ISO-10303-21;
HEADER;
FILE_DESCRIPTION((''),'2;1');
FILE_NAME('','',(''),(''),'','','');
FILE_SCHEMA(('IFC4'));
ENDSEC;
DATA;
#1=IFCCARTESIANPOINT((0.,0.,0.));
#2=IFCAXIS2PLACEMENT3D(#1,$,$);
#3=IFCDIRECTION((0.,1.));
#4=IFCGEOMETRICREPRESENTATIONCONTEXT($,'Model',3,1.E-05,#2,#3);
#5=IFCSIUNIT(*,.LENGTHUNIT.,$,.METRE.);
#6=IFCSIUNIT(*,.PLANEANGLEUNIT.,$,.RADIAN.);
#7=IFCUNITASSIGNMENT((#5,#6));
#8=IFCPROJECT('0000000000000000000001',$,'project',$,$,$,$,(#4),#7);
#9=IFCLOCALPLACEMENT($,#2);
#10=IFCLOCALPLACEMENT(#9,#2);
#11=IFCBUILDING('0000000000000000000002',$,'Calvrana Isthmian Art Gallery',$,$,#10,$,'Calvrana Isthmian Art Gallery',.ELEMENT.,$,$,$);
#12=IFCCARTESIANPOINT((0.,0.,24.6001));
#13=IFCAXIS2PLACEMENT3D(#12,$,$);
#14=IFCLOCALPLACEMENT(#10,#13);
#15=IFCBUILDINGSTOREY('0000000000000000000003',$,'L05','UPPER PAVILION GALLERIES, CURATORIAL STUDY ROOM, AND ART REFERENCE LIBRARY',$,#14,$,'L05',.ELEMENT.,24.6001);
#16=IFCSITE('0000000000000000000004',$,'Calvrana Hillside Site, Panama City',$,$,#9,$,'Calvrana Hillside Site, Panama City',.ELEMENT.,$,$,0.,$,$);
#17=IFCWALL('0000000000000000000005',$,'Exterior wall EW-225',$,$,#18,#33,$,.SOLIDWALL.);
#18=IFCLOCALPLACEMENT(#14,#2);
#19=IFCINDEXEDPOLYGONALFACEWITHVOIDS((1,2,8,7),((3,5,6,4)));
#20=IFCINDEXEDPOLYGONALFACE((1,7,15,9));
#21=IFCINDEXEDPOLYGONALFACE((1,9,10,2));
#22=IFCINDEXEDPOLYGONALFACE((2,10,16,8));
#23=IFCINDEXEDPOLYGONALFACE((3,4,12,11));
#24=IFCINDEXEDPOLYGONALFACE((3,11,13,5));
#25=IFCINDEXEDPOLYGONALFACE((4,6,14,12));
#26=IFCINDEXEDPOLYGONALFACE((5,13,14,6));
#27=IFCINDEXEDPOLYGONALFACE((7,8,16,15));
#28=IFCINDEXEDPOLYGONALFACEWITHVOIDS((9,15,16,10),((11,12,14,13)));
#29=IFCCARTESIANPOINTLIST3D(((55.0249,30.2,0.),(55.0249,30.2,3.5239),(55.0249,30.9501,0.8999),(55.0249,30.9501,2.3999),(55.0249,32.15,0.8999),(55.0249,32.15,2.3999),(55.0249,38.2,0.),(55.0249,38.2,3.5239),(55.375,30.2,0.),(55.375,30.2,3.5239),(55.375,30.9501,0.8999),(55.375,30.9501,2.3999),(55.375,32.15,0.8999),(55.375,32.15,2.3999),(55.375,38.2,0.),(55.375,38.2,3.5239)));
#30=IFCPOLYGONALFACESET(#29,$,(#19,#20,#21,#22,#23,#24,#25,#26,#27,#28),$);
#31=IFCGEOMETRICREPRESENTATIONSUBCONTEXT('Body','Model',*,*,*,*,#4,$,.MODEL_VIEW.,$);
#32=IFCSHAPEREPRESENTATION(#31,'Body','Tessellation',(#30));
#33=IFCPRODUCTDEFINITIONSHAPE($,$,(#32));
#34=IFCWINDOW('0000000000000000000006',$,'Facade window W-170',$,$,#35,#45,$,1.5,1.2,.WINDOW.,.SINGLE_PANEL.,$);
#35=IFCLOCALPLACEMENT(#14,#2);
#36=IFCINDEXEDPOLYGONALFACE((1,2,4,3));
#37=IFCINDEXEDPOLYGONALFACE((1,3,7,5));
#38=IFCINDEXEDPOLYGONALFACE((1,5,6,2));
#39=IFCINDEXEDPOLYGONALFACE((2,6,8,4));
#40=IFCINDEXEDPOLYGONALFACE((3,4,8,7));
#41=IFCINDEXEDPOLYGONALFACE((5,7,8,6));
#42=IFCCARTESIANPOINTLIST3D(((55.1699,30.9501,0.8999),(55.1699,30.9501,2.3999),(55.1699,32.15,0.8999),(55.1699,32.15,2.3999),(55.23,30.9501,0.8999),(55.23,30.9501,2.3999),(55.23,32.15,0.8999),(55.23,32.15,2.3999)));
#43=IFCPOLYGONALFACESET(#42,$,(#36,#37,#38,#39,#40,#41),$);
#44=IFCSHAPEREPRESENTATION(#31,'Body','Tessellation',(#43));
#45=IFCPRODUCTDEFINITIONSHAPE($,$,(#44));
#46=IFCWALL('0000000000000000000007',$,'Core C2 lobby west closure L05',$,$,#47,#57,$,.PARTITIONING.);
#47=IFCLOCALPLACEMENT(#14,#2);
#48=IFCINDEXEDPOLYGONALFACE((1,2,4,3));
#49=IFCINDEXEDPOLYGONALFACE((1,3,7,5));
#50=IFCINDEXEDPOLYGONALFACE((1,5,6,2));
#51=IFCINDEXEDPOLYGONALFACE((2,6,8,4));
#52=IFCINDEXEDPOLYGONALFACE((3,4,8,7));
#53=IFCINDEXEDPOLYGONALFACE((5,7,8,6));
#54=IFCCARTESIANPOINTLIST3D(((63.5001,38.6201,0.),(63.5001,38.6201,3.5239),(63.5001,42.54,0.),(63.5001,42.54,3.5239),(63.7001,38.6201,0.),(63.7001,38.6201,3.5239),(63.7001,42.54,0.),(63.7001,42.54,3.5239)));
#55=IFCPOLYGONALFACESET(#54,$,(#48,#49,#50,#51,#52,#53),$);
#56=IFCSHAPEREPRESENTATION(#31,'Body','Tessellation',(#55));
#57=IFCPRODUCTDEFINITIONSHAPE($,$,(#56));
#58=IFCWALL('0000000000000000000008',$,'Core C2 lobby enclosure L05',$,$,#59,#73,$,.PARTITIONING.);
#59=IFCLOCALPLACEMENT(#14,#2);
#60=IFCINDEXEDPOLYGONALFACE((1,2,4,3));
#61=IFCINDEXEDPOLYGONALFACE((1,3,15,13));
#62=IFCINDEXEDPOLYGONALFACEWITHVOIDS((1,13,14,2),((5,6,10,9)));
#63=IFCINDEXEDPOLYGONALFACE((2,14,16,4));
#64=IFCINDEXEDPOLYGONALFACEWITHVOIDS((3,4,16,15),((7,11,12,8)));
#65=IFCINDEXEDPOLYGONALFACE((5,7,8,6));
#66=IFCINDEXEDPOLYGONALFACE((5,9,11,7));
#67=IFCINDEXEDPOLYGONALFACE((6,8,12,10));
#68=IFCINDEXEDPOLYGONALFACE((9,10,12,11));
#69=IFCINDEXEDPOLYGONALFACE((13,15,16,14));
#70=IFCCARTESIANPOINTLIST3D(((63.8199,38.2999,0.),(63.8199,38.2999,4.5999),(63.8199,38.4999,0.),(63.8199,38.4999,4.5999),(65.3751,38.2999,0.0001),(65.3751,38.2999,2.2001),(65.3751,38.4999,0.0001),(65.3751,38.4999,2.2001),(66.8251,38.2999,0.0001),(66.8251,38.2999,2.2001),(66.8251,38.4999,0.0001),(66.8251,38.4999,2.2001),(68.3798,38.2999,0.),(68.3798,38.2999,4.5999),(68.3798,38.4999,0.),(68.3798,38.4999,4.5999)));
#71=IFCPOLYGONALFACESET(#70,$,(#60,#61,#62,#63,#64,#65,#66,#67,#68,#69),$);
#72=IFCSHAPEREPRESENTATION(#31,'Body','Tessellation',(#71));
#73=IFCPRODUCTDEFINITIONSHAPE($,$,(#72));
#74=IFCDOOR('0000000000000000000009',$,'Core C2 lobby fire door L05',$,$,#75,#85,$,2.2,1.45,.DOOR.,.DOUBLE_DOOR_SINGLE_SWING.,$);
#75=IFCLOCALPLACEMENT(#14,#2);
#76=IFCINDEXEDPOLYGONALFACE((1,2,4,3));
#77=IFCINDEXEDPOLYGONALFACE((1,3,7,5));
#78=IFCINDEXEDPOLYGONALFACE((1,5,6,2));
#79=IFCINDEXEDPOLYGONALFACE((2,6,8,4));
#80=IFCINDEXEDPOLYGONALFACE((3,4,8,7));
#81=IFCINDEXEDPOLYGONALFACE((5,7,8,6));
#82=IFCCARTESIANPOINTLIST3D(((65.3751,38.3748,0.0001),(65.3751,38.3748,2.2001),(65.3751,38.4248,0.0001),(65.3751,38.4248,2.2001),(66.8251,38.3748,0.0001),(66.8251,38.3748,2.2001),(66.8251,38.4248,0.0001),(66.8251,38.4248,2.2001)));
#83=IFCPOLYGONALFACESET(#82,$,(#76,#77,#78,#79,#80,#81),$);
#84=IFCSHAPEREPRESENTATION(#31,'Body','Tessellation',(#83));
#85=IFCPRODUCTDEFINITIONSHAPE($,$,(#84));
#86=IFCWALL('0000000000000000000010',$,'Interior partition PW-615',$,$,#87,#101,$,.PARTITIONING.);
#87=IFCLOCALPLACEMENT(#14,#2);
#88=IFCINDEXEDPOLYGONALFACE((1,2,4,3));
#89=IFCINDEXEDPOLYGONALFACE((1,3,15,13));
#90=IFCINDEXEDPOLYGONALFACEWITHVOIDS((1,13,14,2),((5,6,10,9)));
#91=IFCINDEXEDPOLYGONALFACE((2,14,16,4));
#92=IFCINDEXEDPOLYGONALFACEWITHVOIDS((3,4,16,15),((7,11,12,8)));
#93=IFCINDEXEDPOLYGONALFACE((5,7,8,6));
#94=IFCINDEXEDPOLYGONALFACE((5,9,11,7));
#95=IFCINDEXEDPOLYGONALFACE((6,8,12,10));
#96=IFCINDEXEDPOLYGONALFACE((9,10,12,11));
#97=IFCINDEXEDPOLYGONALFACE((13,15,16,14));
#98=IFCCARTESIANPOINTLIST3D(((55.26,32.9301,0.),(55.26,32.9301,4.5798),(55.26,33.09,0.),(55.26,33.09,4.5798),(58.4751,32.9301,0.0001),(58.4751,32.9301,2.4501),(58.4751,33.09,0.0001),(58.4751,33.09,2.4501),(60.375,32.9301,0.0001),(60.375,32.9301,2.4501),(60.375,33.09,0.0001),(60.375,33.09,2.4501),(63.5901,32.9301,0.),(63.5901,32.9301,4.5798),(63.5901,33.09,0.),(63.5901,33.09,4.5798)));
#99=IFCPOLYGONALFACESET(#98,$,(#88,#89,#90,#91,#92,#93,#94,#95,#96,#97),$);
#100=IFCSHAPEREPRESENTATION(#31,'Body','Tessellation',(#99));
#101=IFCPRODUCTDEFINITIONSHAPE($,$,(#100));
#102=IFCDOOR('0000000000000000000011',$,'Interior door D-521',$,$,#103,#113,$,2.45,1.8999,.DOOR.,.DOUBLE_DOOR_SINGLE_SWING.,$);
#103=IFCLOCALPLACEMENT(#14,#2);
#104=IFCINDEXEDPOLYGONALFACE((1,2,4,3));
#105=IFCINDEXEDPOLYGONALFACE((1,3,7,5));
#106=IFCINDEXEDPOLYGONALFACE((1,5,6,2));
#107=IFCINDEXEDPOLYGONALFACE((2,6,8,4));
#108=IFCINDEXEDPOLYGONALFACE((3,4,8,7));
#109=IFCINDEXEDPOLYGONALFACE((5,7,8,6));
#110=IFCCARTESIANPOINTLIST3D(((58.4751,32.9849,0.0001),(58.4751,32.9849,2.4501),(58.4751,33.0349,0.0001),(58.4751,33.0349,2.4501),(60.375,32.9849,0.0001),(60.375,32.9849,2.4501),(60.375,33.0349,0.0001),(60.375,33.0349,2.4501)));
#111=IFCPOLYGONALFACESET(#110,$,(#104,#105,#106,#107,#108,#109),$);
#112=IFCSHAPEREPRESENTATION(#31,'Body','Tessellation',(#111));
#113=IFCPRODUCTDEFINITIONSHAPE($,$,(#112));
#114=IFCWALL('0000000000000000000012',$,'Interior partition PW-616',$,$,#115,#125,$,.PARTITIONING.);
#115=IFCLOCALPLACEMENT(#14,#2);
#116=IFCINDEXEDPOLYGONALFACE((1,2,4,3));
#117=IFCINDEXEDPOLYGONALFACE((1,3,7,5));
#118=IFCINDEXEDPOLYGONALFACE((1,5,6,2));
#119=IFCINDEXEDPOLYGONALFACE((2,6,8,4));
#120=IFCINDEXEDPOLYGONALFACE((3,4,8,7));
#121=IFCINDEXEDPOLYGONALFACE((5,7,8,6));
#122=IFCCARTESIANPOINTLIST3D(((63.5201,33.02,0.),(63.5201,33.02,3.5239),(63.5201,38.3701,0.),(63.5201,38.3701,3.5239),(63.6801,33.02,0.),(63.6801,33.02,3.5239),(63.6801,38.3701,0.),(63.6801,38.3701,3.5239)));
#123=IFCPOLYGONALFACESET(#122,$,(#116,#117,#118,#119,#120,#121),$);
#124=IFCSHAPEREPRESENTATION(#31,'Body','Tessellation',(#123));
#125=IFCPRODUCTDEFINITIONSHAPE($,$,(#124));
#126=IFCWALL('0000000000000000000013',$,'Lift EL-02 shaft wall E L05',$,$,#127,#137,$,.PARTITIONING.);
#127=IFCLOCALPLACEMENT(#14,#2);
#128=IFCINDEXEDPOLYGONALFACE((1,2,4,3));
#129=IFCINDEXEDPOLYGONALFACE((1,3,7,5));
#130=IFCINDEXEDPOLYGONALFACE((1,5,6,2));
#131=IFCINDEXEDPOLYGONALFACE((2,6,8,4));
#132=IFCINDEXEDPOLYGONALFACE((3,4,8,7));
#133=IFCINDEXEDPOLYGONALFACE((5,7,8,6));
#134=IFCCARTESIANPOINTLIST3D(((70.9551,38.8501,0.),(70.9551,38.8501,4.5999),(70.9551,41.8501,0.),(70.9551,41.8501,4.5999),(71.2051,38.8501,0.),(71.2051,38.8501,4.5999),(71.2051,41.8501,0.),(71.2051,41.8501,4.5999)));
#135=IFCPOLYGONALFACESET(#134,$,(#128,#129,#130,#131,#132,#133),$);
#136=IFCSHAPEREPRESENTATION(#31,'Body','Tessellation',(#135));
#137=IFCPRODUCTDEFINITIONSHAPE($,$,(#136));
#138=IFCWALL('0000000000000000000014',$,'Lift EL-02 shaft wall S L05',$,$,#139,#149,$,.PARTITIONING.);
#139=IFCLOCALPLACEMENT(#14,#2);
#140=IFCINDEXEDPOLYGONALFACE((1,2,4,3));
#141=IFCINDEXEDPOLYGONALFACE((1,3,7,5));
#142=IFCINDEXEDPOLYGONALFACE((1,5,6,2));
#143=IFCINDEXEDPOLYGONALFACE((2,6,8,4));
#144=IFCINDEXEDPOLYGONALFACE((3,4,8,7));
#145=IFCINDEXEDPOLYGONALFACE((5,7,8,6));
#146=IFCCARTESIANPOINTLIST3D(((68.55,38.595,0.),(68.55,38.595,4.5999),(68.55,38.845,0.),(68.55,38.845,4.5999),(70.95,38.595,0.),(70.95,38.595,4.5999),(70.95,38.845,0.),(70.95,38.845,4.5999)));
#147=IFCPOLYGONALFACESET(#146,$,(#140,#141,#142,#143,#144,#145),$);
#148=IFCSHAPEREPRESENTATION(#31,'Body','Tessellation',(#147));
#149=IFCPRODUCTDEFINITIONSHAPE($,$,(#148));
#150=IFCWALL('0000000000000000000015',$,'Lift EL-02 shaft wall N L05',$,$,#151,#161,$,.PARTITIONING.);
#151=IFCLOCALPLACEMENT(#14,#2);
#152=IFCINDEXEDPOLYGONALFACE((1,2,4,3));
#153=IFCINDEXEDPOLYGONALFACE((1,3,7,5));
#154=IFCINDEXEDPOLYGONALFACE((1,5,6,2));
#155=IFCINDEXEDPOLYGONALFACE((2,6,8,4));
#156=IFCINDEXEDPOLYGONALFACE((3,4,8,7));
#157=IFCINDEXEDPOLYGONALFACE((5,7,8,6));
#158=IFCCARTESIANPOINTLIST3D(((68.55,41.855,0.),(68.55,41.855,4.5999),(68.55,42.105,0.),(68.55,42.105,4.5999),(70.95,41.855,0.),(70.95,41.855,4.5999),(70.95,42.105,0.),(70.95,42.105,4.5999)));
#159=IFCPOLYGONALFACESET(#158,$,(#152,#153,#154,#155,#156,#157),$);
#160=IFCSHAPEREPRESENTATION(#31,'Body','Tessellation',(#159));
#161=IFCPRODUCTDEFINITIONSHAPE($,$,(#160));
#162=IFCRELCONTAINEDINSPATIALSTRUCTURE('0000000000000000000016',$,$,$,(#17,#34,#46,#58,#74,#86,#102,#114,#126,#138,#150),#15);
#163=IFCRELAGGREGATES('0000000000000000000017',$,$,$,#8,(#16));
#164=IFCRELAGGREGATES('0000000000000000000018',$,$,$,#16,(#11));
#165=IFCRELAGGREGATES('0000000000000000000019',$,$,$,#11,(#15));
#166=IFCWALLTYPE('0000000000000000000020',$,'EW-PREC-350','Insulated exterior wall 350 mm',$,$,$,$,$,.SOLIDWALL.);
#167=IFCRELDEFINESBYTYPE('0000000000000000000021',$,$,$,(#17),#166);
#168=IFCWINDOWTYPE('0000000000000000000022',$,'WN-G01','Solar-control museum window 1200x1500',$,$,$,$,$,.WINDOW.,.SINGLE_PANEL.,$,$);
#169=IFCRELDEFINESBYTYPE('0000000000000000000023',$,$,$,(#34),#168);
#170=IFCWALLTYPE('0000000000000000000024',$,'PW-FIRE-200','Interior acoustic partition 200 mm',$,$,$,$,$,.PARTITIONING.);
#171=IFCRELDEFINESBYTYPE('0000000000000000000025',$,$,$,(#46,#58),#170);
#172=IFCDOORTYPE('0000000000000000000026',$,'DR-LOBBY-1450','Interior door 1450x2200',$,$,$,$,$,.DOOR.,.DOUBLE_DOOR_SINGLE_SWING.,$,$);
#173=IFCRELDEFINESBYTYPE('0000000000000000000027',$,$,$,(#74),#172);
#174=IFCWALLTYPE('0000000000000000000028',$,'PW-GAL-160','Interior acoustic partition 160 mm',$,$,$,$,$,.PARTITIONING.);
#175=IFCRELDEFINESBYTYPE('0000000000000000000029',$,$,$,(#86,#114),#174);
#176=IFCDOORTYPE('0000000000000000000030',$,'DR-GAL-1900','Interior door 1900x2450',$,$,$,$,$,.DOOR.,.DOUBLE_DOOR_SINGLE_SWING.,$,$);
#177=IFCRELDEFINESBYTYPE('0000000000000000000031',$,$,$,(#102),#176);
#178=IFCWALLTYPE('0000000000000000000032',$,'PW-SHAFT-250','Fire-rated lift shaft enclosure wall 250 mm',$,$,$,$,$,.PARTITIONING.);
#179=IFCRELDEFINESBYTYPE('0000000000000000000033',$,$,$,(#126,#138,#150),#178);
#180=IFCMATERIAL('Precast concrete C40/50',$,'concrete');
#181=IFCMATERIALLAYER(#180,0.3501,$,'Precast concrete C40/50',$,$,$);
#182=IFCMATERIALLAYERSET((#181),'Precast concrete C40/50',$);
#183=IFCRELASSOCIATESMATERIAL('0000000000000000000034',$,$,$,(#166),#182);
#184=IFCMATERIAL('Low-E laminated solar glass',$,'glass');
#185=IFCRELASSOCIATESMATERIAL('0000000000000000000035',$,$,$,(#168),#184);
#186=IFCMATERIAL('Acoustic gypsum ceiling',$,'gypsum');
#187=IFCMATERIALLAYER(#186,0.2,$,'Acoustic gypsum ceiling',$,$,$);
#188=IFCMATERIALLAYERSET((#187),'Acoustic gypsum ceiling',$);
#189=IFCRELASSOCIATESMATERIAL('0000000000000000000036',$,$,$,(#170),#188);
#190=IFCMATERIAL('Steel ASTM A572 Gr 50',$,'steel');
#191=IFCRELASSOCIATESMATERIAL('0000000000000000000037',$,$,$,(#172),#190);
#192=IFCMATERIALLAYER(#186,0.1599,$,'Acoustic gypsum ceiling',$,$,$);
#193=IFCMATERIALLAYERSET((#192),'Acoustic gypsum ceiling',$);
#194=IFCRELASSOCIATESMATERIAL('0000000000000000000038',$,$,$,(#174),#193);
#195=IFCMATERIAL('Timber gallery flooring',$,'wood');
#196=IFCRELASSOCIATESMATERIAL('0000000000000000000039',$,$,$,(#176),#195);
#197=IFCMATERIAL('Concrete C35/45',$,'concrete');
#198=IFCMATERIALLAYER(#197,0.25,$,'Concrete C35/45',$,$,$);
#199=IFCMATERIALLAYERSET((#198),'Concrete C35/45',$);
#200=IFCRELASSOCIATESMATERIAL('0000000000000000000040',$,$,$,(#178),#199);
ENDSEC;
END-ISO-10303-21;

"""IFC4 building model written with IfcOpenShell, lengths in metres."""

from ifc_helpers import new_model, si_unit, direction, frame, frame_2d, origin, place, context, subcontext, project, spatial, rectangle, extrude, material, layer, layer_set, type_object, element, fill, save


model = new_model("IFC4")

# Units and contexts
model_context = context("Model", 3, precision=1e-05, world=origin(), true_north=direction((0.0, 1.0)))
body_context = subcontext(model_context, "Body", "Model", "MODEL_VIEW")
ifc_project = project(units=[si_unit("LENGTHUNIT", "METRE"), si_unit("PLANEANGLEUNIT", "RADIAN")], contexts=[model_context])

# Site, building, storey
site_placement = place(None, origin())
site = spatial("IfcSite", under=ifc_project, at=site_placement, Name="Calvrana Hillside Site, Panama City", LongName="Calvrana Hillside Site, Panama City", CompositionType="ELEMENT", RefElevation=0.0)
building_placement = place(site_placement, origin())
building = spatial("IfcBuilding", under=site, at=building_placement, Name="Calvrana Isthmian Art Gallery", LongName="Calvrana Isthmian Art Gallery", CompositionType="ELEMENT")
storey_placement = place(building_placement, frame((0.0, 0.0, 24.6001)))
storey = spatial("IfcBuildingStorey", under=building, at=storey_placement, Name="L05", Description="UPPER PAVILION GALLERIES, CURATORIAL STUDY ROOM, AND ART REFERENCE LIBRARY", LongName="L05", CompositionType="ELEMENT", Elevation=24.6001)

# Shared definitions
ifc_material_1 = material(Name="Steel ASTM A572 Gr 50", Category="steel")

# Wall, opening, window
ifc_material_2 = material(Name="Precast concrete C40/50", Category="concrete")
ifc_material_3 = material(Name="Low-E laminated solar glass", Category="glass")
ifc_layer_1 = layer(ifc_material_2, 0.3501, Name="Precast concrete C40/50")
ifc_layer_set_1 = layer_set([ifc_layer_1], Name="Precast concrete C40/50")
wall_type_1 = type_object("IfcWallType", Name="EW-PREC-350", Description="Insulated exterior wall 350 mm", PredefinedType="SOLIDWALL", material=ifc_layer_set_1)
wall_1_placement = place(storey_placement, frame((55.2, 30.2, 0.0), z_axis=(0.0, 0.0, 1.0), x_axis=(0.0, 1.0, 0.0)))
wall_1 = element("IfcWall", 1, at=wall_1_placement, inside=storey, type_object=wall_type_1, Name="Exterior wall EW-225", PredefinedType="SOLIDWALL", context=body_context, shape_type="SweptSolid", body=[
    extrude(rectangle(XDim=8.0, YDim=0.3501, at=frame_2d((4.0, 0.0))), origin(), (0.0, 0.0, 1.0), 3.5239),
])
opening_1_placement = place(wall_1_placement, frame((0.75, 0.0, 0.8999)))
opening_1 = element("IfcOpeningElement", 2, at=opening_1_placement, cuts=wall_1, PredefinedType="OPENING", context=body_context, shape_type="SweptSolid", body=[
    extrude(rectangle(XDim=1.2, YDim=1.5, at=frame_2d((0.6001, 0.75))), frame((0.0, 0.1853, 0.0), z_axis=(0.0, -1.0, 0.0), x_axis=(1.0, 0.0, 0.0)), (0.0, 0.0, 1.0), 0.3706),
])
window_type_1 = type_object("IfcWindowType", Name="WN-G01", Description="Solar-control museum window 1200x1500", PartitioningType="SINGLE_PANEL", PredefinedType="WINDOW", material=ifc_material_3)
window_1_placement = place(opening_1_placement, origin())
window_1 = element("IfcWindow", 3, at=window_1_placement, inside=storey, type_object=window_type_1, Name="Facade window W-170", OverallHeight=1.5, OverallWidth=1.2, PartitioningType="SINGLE_PANEL", PredefinedType="WINDOW", context=body_context, shape_type="SweptSolid", body=[
    extrude(rectangle(XDim=1.2, YDim=1.5, at=frame_2d((0.6001, 0.75))), frame((0.0, 0.03, 0.0), z_axis=(0.0, -1.0, 0.0), x_axis=(1.0, 0.0, 0.0)), (0.0, 0.0, 1.0), 0.0601),
])
fill(opening_1, window_1)

# Wall
ifc_material_4 = material(Name="Acoustic gypsum ceiling", Category="gypsum")
ifc_layer_2 = layer(ifc_material_4, 0.2, Name="Acoustic gypsum ceiling")
ifc_layer_set_2 = layer_set([ifc_layer_2], Name="Acoustic gypsum ceiling")
wall_type_2 = type_object("IfcWallType", Name="PW-FIRE-200", Description="Interior acoustic partition 200 mm", PredefinedType="PARTITIONING", material=ifc_layer_set_2)
wall_2_placement = place(storey_placement, frame((63.6001, 38.6201, 0.0), z_axis=(0.0, 0.0, 1.0), x_axis=(0.0, 1.0, 0.0)))
element("IfcWall", 4, at=wall_2_placement, inside=storey, type_object=wall_type_2, Name="Core C2 lobby west closure L05", PredefinedType="PARTITIONING", context=body_context, shape_type="SweptSolid", body=[
    extrude(rectangle(XDim=3.9199, YDim=0.2, at=frame_2d((1.96, 0.0))), origin(), (0.0, 0.0, 1.0), 3.5239),
])

# Walls, openings, doors
wall_3_placement = place(storey_placement, frame((63.8201, 38.3999, 0.0), z_axis=(0.0, 0.0, 1.0), x_axis=(1.0, 0.0, 0.0)))
wall_3 = element("IfcWall", 5, at=wall_3_placement, inside=storey, type_object=wall_type_2, Name="Core C2 lobby enclosure L05", PredefinedType="PARTITIONING", context=body_context, shape_type="SweptSolid", body=[
    extrude(rectangle(XDim=4.5598, YDim=0.2, at=frame_2d((2.2798, 0.0))), origin(), (0.0, 0.0, 1.0), 4.5999),
])
opening_2_placement = place(wall_3_placement, frame((1.5549, 0.0, 0.0)))
opening_2 = element("IfcOpeningElement", 6, at=opening_2_placement, cuts=wall_3, PredefinedType="OPENING", context=body_context, shape_type="SweptSolid", body=[
    extrude(rectangle(XDim=1.45, YDim=2.2, at=frame_2d((0.7251, 1.1001))), frame((0.0, 0.1104, 0.0), z_axis=(0.0, -1.0, 0.0), x_axis=(1.0, 0.0, 0.0)), (0.0, 0.0, 1.0), 0.2205),
])
door_type_1 = type_object("IfcDoorType", Name="DR-LOBBY-1450", Description="Interior door 1450x2200", OperationType="DOUBLE_DOOR_SINGLE_SWING", PredefinedType="DOOR", material=ifc_material_1)
door_1_placement = place(opening_2_placement, origin())
door_1 = element("IfcDoor", 7, at=door_1_placement, inside=storey, type_object=door_type_1, Name="Core C2 lobby fire door L05", OperationType="DOUBLE_DOOR_SINGLE_SWING", OverallHeight=2.2, OverallWidth=1.45, PredefinedType="DOOR", context=body_context, shape_type="SweptSolid", body=[
    extrude(rectangle(XDim=1.45, YDim=2.2, at=frame_2d((0.7251, 1.1001))), frame((0.0, 0.0249, 0.0), z_axis=(0.0, -1.0, 0.0), x_axis=(1.0, 0.0, 0.0)), (0.0, 0.0, 1.0), 0.05),
])
fill(opening_2, door_1)
ifc_layer_3 = layer(ifc_material_4, 0.1599, Name="Acoustic gypsum ceiling")
ifc_layer_set_3 = layer_set([ifc_layer_3], Name="Acoustic gypsum ceiling")
wall_type_3 = type_object("IfcWallType", Name="PW-GAL-160", Description="Interior acoustic partition 160 mm", PredefinedType="PARTITIONING", material=ifc_layer_set_3)
wall_4_placement = place(storey_placement, frame((55.26, 33.01, 0.0), z_axis=(0.0, 0.0, 1.0), x_axis=(1.0, 0.0, 0.0)))
wall_4 = element("IfcWall", 8, at=wall_4_placement, inside=storey, type_object=wall_type_3, Name="Interior partition PW-615", PredefinedType="PARTITIONING", context=body_context, shape_type="SweptSolid", body=[
    extrude(rectangle(XDim=8.3301, YDim=0.1599, at=frame_2d((4.165, 0.0))), origin(), (0.0, 0.0, 1.0), 4.5798),
])
opening_3_placement = place(wall_4_placement, frame((3.2151, 0.0, 0.0)))
opening_3 = element("IfcOpeningElement", 9, at=opening_3_placement, cuts=wall_4, PredefinedType="OPENING", context=body_context, shape_type="SweptSolid", body=[
    extrude(rectangle(XDim=1.8999, YDim=2.45, at=frame_2d((0.95, 1.2251))), frame((0.0, 0.0903, 0.0), z_axis=(0.0, -1.0, 0.0), x_axis=(1.0, 0.0, 0.0)), (0.0, 0.0, 1.0), 0.1804),
])
ifc_material_5 = material(Name="Timber gallery flooring", Category="wood")
door_type_2 = type_object("IfcDoorType", Name="DR-GAL-1900", Description="Interior door 1900x2450", OperationType="DOUBLE_DOOR_SINGLE_SWING", PredefinedType="DOOR", material=ifc_material_5)
door_2_placement = place(opening_3_placement, origin())
door_2 = element("IfcDoor", 10, at=door_2_placement, inside=storey, type_object=door_type_2, Name="Interior door D-521", OperationType="DOUBLE_DOOR_SINGLE_SWING", OverallHeight=2.45, OverallWidth=1.8999, PredefinedType="DOOR", context=body_context, shape_type="SweptSolid", body=[
    extrude(rectangle(XDim=1.8999, YDim=2.45, at=frame_2d((0.95, 1.2251))), frame((0.0, 0.0249, 0.0), z_axis=(0.0, -1.0, 0.0), x_axis=(1.0, 0.0, 0.0)), (0.0, 0.0, 1.0), 0.05),
])
fill(opening_3, door_2)

# Walls
wall_5_placement = place(storey_placement, frame((63.6001, 33.02, 0.0), z_axis=(0.0, 0.0, 1.0), x_axis=(0.0, 1.0, 0.0)))
element("IfcWall", 11, at=wall_5_placement, inside=storey, type_object=wall_type_3, Name="Interior partition PW-616", PredefinedType="PARTITIONING", context=body_context, shape_type="SweptSolid", body=[
    extrude(rectangle(XDim=5.3501, YDim=0.1599, at=frame_2d((2.675, 0.0))), origin(), (0.0, 0.0, 1.0), 3.5239),
])
ifc_material_6 = material(Name="Concrete C35/45", Category="concrete")
ifc_layer_4 = layer(ifc_material_6, 0.25, Name="Concrete C35/45")
ifc_layer_set_4 = layer_set([ifc_layer_4], Name="Concrete C35/45")
wall_type_4 = type_object("IfcWallType", Name="PW-SHAFT-250", Description="Fire-rated lift shaft enclosure wall 250 mm", PredefinedType="PARTITIONING", material=ifc_layer_set_4)
wall_6_placement = place(storey_placement, frame((71.0801, 38.8501, 0.0), z_axis=(0.0, 0.0, 1.0), x_axis=(0.0, 1.0, 0.0)))
element("IfcWall", 12, at=wall_6_placement, inside=storey, type_object=wall_type_4, Name="Lift EL-02 shaft wall E L05", PredefinedType="PARTITIONING", context=body_context, shape_type="SweptSolid", body=[
    extrude(rectangle(XDim=3.0, YDim=0.25, at=frame_2d((1.5, 0.0))), origin(), (0.0, 0.0, 1.0), 4.5999),
])
for number, where, z_axis, x_axis, name in (
    (13, (68.55, 38.72, 0.0), (0.0, 0.0, 1.0), (1.0, 0.0, 0.0), "Lift EL-02 shaft wall S L05"),
    (14, (68.55, 41.98, 0.0), (0.0, 0.0, 1.0), (1.0, 0.0, 0.0), "Lift EL-02 shaft wall N L05"),
):
    element("IfcWall", number, at=place(storey_placement, frame(where, z_axis=z_axis, x_axis=x_axis)), inside=storey, type_object=wall_type_4, Name=name, PredefinedType="PARTITIONING", context=body_context, shape_type="SweptSolid", body=[
        extrude(rectangle(XDim=2.3999, YDim=0.25, at=frame_2d((1.2, 0.0))), origin(), (0.0, 0.0, 1.0), 4.5999),
    ])

save(model, "model.ifc")
